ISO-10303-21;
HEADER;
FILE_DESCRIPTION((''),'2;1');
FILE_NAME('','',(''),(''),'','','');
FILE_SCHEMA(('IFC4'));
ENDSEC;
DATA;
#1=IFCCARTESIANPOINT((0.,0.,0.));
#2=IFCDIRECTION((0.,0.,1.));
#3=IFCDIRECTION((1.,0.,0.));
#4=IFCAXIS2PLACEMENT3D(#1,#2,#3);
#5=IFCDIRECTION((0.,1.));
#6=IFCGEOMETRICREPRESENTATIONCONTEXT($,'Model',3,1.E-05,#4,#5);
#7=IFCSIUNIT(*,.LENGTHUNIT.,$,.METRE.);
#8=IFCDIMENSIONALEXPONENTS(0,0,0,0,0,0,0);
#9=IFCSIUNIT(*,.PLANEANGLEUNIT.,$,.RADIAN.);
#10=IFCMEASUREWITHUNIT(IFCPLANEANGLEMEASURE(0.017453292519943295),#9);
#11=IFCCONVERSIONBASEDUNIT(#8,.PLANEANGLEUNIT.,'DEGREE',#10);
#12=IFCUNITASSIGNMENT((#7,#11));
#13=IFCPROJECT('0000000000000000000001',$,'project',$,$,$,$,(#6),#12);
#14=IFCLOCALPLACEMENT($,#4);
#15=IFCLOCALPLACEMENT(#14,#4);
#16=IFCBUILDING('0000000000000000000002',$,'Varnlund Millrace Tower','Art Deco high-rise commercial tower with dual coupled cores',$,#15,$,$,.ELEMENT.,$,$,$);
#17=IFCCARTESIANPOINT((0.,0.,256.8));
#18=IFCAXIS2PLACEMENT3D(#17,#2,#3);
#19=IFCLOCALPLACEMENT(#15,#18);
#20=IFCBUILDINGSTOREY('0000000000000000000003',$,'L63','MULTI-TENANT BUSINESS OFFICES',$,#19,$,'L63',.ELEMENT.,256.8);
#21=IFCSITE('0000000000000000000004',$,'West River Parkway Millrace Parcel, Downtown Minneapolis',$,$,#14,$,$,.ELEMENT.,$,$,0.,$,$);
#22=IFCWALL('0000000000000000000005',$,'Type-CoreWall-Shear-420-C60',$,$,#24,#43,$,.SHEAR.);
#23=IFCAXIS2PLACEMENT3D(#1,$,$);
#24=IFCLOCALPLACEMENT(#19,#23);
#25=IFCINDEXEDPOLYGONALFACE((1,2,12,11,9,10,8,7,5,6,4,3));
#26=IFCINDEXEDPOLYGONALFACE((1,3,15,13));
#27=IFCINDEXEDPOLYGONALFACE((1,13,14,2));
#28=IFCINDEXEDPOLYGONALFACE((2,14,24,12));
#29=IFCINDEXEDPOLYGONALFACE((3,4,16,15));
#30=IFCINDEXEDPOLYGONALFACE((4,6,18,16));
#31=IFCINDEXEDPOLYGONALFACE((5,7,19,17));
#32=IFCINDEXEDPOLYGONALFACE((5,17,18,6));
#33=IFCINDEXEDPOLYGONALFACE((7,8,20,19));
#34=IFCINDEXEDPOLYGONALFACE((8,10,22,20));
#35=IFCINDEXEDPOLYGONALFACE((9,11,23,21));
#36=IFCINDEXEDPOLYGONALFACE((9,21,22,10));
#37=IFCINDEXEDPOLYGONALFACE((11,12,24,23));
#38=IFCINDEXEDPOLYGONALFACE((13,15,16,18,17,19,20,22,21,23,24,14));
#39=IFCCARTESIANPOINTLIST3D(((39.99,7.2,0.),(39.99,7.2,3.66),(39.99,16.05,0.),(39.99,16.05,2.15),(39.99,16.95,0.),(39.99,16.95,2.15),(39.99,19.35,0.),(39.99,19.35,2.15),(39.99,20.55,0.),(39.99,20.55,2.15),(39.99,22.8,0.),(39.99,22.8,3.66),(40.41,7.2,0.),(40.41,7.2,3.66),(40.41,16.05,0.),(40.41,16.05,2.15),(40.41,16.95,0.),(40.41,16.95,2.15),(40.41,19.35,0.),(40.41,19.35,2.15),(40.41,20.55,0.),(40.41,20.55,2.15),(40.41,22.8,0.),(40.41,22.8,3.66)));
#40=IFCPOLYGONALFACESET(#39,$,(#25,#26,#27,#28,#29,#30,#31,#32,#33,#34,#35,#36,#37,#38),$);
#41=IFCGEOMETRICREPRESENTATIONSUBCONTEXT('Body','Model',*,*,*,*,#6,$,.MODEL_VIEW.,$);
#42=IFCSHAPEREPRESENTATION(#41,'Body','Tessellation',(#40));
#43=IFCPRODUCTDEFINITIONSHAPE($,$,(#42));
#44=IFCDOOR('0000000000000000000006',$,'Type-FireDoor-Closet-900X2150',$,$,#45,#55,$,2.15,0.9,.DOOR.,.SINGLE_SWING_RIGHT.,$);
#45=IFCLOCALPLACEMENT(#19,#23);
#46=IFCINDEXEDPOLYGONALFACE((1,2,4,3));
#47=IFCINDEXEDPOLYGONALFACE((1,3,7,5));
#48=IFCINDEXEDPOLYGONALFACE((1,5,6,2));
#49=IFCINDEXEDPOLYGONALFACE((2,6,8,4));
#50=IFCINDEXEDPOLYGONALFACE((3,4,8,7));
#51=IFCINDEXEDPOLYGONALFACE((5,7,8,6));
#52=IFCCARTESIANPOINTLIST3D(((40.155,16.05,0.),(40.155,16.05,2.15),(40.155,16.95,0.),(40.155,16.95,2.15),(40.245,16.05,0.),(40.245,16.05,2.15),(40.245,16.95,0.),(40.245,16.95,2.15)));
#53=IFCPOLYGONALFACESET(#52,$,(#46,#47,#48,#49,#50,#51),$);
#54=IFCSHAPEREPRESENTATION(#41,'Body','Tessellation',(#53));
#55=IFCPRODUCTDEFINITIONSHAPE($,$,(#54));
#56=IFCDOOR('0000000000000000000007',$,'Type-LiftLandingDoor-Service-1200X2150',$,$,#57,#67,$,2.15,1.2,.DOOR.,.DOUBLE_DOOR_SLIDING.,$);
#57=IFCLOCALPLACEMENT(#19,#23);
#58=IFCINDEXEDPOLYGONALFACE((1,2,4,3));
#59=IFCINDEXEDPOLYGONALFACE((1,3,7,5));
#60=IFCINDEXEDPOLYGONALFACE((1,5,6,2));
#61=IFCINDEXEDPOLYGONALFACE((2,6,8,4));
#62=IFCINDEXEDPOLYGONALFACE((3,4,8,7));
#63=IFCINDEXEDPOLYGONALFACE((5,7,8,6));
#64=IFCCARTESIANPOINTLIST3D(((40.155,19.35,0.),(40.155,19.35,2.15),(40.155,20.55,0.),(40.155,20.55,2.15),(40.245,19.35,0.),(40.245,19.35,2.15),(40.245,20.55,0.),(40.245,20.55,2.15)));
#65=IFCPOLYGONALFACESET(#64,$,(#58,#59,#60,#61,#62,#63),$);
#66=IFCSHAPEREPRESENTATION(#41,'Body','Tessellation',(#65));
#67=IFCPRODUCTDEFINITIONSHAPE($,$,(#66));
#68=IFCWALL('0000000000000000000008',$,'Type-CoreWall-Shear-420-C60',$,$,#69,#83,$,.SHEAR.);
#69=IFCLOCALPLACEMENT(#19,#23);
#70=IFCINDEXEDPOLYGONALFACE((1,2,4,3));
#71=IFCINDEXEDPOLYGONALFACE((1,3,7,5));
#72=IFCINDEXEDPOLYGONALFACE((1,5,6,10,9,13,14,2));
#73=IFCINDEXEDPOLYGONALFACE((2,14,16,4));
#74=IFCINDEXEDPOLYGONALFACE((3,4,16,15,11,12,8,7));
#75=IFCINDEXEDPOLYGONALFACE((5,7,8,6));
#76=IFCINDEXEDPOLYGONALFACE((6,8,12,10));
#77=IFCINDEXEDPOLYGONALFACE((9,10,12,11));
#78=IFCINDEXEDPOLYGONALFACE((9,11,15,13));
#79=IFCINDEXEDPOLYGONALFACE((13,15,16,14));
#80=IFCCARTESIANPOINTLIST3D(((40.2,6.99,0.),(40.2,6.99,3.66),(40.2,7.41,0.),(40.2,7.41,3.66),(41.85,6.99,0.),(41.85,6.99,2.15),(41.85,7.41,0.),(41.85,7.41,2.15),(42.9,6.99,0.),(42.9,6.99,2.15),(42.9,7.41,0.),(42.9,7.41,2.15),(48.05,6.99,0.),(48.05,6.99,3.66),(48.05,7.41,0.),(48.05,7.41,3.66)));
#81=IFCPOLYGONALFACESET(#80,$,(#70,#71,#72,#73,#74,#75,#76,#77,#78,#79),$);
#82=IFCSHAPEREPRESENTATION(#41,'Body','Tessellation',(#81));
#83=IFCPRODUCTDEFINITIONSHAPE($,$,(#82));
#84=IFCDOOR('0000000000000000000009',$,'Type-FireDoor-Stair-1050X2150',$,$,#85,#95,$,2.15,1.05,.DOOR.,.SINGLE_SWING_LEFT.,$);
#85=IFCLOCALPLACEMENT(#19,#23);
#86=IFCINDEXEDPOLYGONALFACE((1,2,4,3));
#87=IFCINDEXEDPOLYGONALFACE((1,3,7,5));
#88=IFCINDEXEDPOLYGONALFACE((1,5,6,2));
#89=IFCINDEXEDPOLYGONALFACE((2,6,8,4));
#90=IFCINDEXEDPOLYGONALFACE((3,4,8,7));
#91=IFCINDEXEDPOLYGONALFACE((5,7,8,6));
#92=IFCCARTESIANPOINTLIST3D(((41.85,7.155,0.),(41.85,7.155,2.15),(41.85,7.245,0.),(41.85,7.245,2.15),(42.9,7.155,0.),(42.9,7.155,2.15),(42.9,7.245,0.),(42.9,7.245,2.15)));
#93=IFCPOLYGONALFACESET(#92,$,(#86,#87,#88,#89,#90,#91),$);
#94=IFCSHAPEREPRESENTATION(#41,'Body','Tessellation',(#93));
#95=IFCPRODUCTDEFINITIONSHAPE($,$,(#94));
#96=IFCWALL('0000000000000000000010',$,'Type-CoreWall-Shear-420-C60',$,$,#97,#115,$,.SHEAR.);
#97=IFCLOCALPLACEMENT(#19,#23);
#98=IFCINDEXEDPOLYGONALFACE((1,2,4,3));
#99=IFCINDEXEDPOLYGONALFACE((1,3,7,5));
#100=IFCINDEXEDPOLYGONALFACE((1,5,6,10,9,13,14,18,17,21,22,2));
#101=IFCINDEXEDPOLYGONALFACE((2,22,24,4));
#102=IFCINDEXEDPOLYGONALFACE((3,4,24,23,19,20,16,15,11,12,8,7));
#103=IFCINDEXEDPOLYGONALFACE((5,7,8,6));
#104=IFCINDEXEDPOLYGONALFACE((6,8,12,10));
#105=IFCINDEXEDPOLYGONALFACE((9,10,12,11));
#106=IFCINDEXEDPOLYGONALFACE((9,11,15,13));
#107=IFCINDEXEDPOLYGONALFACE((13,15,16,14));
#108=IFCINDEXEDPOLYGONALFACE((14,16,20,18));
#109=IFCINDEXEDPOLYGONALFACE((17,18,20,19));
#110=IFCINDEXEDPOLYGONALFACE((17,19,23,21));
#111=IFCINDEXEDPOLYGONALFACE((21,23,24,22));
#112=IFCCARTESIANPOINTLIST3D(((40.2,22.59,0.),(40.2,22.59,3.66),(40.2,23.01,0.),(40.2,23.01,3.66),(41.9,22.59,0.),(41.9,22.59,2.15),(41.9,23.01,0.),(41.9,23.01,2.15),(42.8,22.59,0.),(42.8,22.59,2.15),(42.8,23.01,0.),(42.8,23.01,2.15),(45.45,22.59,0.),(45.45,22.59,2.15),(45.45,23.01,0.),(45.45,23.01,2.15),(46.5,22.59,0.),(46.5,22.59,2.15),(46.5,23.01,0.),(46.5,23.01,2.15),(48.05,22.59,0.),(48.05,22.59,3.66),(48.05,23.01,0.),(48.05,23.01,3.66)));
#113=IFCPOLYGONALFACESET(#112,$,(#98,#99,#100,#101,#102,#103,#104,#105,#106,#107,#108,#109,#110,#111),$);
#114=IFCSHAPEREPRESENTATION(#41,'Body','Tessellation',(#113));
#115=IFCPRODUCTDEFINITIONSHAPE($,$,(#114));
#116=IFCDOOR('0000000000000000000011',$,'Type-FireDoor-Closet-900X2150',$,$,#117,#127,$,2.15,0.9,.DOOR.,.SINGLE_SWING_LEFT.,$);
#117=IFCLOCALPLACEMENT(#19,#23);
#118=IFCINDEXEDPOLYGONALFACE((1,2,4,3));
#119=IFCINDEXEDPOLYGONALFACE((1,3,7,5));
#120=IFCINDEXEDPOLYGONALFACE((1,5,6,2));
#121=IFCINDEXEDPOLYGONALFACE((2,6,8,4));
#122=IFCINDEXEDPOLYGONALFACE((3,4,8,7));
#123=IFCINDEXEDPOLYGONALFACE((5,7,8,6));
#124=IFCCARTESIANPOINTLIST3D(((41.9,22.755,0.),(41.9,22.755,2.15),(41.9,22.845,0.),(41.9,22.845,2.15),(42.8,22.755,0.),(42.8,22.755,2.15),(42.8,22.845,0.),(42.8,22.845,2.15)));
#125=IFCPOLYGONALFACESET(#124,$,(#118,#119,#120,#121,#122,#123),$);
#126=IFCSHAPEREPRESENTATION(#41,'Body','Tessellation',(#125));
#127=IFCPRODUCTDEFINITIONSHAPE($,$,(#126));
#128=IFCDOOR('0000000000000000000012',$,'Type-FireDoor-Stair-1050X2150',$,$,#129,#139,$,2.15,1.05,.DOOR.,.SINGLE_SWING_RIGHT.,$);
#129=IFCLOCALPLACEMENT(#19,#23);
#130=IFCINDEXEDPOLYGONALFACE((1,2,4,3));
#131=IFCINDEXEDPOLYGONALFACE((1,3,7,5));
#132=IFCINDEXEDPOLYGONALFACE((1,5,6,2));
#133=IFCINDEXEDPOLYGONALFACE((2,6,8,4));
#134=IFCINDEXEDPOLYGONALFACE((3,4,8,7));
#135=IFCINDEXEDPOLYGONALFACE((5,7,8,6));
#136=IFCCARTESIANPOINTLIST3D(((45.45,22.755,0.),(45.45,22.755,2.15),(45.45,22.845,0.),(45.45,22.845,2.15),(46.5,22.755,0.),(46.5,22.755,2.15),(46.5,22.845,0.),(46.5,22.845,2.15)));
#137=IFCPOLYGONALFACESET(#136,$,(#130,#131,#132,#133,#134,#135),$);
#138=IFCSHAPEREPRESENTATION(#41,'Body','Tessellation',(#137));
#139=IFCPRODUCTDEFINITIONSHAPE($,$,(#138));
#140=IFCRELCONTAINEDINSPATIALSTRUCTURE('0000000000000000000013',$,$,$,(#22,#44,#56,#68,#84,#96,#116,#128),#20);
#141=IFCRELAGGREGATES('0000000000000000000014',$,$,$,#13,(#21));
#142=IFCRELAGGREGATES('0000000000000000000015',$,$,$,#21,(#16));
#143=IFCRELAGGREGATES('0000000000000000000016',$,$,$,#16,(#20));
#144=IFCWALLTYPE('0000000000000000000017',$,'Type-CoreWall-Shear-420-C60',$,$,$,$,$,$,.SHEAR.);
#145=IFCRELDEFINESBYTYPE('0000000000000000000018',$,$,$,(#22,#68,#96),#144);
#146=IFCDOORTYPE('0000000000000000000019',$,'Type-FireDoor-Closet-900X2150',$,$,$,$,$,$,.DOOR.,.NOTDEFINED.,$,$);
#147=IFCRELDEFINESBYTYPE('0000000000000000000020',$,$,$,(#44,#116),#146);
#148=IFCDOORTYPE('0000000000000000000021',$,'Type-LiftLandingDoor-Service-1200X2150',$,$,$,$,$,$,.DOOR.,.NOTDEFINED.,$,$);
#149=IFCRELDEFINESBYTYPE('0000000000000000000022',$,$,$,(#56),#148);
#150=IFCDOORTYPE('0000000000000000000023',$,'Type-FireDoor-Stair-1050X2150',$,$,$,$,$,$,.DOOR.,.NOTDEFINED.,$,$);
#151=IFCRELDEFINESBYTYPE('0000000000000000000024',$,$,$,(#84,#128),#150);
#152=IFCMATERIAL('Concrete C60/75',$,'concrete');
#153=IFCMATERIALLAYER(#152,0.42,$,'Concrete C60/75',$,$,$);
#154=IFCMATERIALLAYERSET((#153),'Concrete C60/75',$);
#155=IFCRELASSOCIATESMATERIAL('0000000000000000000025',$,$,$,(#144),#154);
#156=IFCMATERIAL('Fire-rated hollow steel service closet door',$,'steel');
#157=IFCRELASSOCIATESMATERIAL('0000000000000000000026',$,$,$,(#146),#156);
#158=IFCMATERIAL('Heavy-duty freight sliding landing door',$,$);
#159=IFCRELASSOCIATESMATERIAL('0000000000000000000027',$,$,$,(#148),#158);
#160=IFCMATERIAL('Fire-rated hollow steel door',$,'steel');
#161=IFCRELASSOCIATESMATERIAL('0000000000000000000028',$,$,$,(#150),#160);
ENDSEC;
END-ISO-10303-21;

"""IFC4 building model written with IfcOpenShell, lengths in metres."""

from ifc_helpers import new_model, entity, si_unit, converted_unit, direction, frame, origin_with_axes, origin_2d_with_axis, place, context, subcontext, project, spatial, polyline, rectangle, outline, extrude, material, layer, layer_set, type_object, element, fill, save


model = new_model("IFC4")

# Units and contexts
model_context = context("Model", 3, precision=1e-05, world=origin_with_axes(), true_north=direction((0.0, 1.0)))
body_context = subcontext(model_context, "Body", "Model", "MODEL_VIEW")
ifc_project = project(units=[si_unit("LENGTHUNIT", "METRE"), converted_unit("PLANEANGLEUNIT", "DEGREE", entity("IfcPlaneAngleMeasure", 0.017453292519943295), si_unit("PLANEANGLEUNIT", "RADIAN"), dimensions=[0, 0, 0, 0, 0, 0, 0])], contexts=[model_context])

# Site, building, storey
site_placement = place(None, origin_with_axes())
site = spatial("IfcSite", under=ifc_project, at=site_placement, Name="West River Parkway Millrace Parcel, Downtown Minneapolis", CompositionType="ELEMENT", RefElevation=0.0)
building_placement = place(site_placement, origin_with_axes())
building = spatial("IfcBuilding", under=site, at=building_placement, Name="Varnlund Millrace Tower", Description="Art Deco high-rise commercial tower with dual coupled cores", CompositionType="ELEMENT")
storey_placement = place(building_placement, frame((0.0, 0.0, 256.8), z_axis=(0.0, 0.0, 1.0), x_axis=(1.0, 0.0, 0.0)))
storey = spatial("IfcBuildingStorey", under=building, at=storey_placement, Name="L63", Description="MULTI-TENANT BUSINESS OFFICES", LongName="L63", CompositionType="ELEMENT", Elevation=256.8)

# Wall, openings, doors
ifc_material_1 = material(Name="Concrete C60/75", Category="concrete")
ifc_layer_1 = layer(ifc_material_1, 0.42, Name="Concrete C60/75")
ifc_layer_set_1 = layer_set([ifc_layer_1], Name="Concrete C60/75")
wall_type_1 = type_object("IfcWallType", Name="Type-CoreWall-Shear-420-C60", PredefinedType="SHEAR", material=ifc_layer_set_1)
wall_1_placement = place(storey_placement, frame((40.2, 7.2, 0.0), z_axis=(0.0, 0.0, 1.0), x_axis=(0.0, 1.0, 0.0)))
wall_1 = element("IfcWall", 1, at=wall_1_placement, inside=storey, type_object=wall_type_1, Name="Type-CoreWall-Shear-420-C60", PredefinedType="SHEAR", context=body_context, shape_type="SweptSolid", body=[
    extrude(outline(polyline([(0.0, -0.21), (15.6, -0.21), (15.6, 0.21), (0.0, 0.21), (0.0, -0.21)])), origin_with_axes(), (0.0, 0.0, 1.0), 3.66),
])
opening_1_placement = place(wall_1_placement, frame((12.75, 0.0, 0.0), z_axis=(0.0, 0.0, 1.0), x_axis=(1.0, 0.0, 0.0)))
opening_1 = element("IfcOpeningElement", 2, at=opening_1_placement, cuts=wall_1, PredefinedType="OPENING", context=body_context, shape_type="SweptSolid", body=[
    extrude(rectangle(XDim=1.2, YDim=0.44, at=origin_2d_with_axis()), origin_with_axes(), (0.0, 0.0, 1.0), 2.15),
])
opening_2_placement = place(wall_1_placement, frame((9.3, 0.0, 0.0), z_axis=(0.0, 0.0, 1.0), x_axis=(1.0, 0.0, 0.0)))
opening_2 = element("IfcOpeningElement", 3, at=opening_2_placement, cuts=wall_1, PredefinedType="OPENING", context=body_context, shape_type="SweptSolid", body=[
    extrude(rectangle(XDim=0.9, YDim=0.44, at=origin_2d_with_axis()), origin_with_axes(), (0.0, 0.0, 1.0), 2.15),
])
ifc_material_2 = material(Name="Fire-rated hollow steel service closet door", Category="steel")
door_type_1 = type_object("IfcDoorType", Name="Type-FireDoor-Closet-900X2150", OperationType="NOTDEFINED", PredefinedType="DOOR", material=ifc_material_2)
door_1_placement = place(wall_1_placement, frame((9.3, 0.0, 0.0), z_axis=(0.0, 0.0, 1.0), x_axis=(1.0, 0.0, 0.0)))
door_1 = element("IfcDoor", 4, at=door_1_placement, inside=storey, type_object=door_type_1, Name="Type-FireDoor-Closet-900X2150", OperationType="SINGLE_SWING_RIGHT", OverallHeight=2.15, OverallWidth=0.9, PredefinedType="DOOR", context=body_context, shape_type="SweptSolid", body=[
    extrude(rectangle(XDim=0.9, YDim=0.09, at=origin_2d_with_axis()), origin_with_axes(), (0.0, 0.0, 1.0), 2.15),
])
fill(opening_2, door_1)
ifc_material_3 = material(Name="Heavy-duty freight sliding landing door")
door_type_2 = type_object("IfcDoorType", Name="Type-LiftLandingDoor-Service-1200X2150", OperationType="NOTDEFINED", PredefinedType="DOOR", material=ifc_material_3)
door_2_placement = place(wall_1_placement, frame((12.75, 0.0, 0.0), z_axis=(0.0, 0.0, 1.0), x_axis=(1.0, 0.0, 0.0)))
door_2 = element("IfcDoor", 5, at=door_2_placement, inside=storey, type_object=door_type_2, Name="Type-LiftLandingDoor-Service-1200X2150", OperationType="DOUBLE_DOOR_SLIDING", OverallHeight=2.15, OverallWidth=1.2, PredefinedType="DOOR", context=body_context, shape_type="SweptSolid", body=[
    extrude(rectangle(XDim=1.2, YDim=0.09, at=origin_2d_with_axis()), origin_with_axes(), (0.0, 0.0, 1.0), 2.15),
])
fill(opening_1, door_2)

# Wall, opening, door
wall_2_placement = place(storey_placement, frame((40.2, 7.2, 0.0), z_axis=(0.0, 0.0, 1.0), x_axis=(1.0, 0.0, 0.0)))
wall_2 = element("IfcWall", 6, at=wall_2_placement, inside=storey, type_object=wall_type_1, Name="Type-CoreWall-Shear-420-C60", PredefinedType="SHEAR", context=body_context, shape_type="SweptSolid", body=[
    extrude(outline(polyline([(0.0, -0.21), (7.85, -0.21), (7.85, 0.21), (0.0, 0.21), (0.0, -0.21)])), origin_with_axes(), (0.0, 0.0, 1.0), 3.66),
])
opening_3_placement = place(wall_2_placement, frame((2.175, 0.0, 0.0), z_axis=(0.0, 0.0, 1.0), x_axis=(1.0, 0.0, 0.0)))
opening_3 = element("IfcOpeningElement", 7, at=opening_3_placement, cuts=wall_2, PredefinedType="OPENING", context=body_context, shape_type="SweptSolid", body=[
    extrude(rectangle(XDim=1.05, YDim=0.44, at=origin_2d_with_axis()), origin_with_axes(), (0.0, 0.0, 1.0), 2.15),
])
ifc_material_4 = material(Name="Fire-rated hollow steel door", Category="steel")
door_type_3 = type_object("IfcDoorType", Name="Type-FireDoor-Stair-1050X2150", OperationType="NOTDEFINED", PredefinedType="DOOR", material=ifc_material_4)
door_3_placement = place(wall_2_placement, frame((2.175, 0.0, 0.0), z_axis=(0.0, 0.0, 1.0), x_axis=(1.0, 0.0, 0.0)))
door_3 = element("IfcDoor", 8, at=door_3_placement, inside=storey, type_object=door_type_3, Name="Type-FireDoor-Stair-1050X2150", OperationType="SINGLE_SWING_LEFT", OverallHeight=2.15, OverallWidth=1.05, PredefinedType="DOOR", context=body_context, shape_type="SweptSolid", body=[
    extrude(rectangle(XDim=1.05, YDim=0.09, at=origin_2d_with_axis()), origin_with_axes(), (0.0, 0.0, 1.0), 2.15),
])
fill(opening_3, door_3)

# Wall, openings, doors
wall_3_placement = place(storey_placement, frame((40.2, 22.8, 0.0), z_axis=(0.0, 0.0, 1.0), x_axis=(1.0, 0.0, 0.0)))
wall_3 = element("IfcWall", 9, at=wall_3_placement, inside=storey, type_object=wall_type_1, Name="Type-CoreWall-Shear-420-C60", PredefinedType="SHEAR", context=body_context, shape_type="SweptSolid", body=[
    extrude(outline(polyline([(0.0, -0.21), (7.85, -0.21), (7.85, 0.21), (0.0, 0.21), (0.0, -0.21)])), origin_with_axes(), (0.0, 0.0, 1.0), 3.66),
])
opening_4_placement = place(wall_3_placement, frame((5.775, 0.0, 0.0), z_axis=(0.0, 0.0, 1.0), x_axis=(1.0, 0.0, 0.0)))
opening_4 = element("IfcOpeningElement", 10, at=opening_4_placement, cuts=wall_3, PredefinedType="OPENING", context=body_context, shape_type="SweptSolid", body=[
    extrude(rectangle(XDim=1.05, YDim=0.44, at=origin_2d_with_axis()), origin_with_axes(), (0.0, 0.0, 1.0), 2.15),
])
opening_5_placement = place(wall_3_placement, frame((2.15, 0.0, 0.0), z_axis=(0.0, 0.0, 1.0), x_axis=(1.0, 0.0, 0.0)))
opening_5 = element("IfcOpeningElement", 11, at=opening_5_placement, cuts=wall_3, PredefinedType="OPENING", context=body_context, shape_type="SweptSolid", body=[
    extrude(rectangle(XDim=0.9, YDim=0.44, at=origin_2d_with_axis()), origin_with_axes(), (0.0, 0.0, 1.0), 2.15),
])
door_4_placement = place(wall_3_placement, frame((2.15, 0.0, 0.0), z_axis=(0.0, 0.0, 1.0), x_axis=(1.0, 0.0, 0.0)))
door_4 = element("IfcDoor", 12, at=door_4_placement, inside=storey, type_object=door_type_1, Name="Type-FireDoor-Closet-900X2150", OperationType="SINGLE_SWING_LEFT", OverallHeight=2.15, OverallWidth=0.9, PredefinedType="DOOR", context=body_context, shape_type="SweptSolid", body=[
    extrude(rectangle(XDim=0.9, YDim=0.09, at=origin_2d_with_axis()), origin_with_axes(), (0.0, 0.0, 1.0), 2.15),
])
fill(opening_5, door_4)
door_5_placement = place(wall_3_placement, frame((5.775, 0.0, 0.0), z_axis=(0.0, 0.0, 1.0), x_axis=(1.0, 0.0, 0.0)))
door_5 = element("IfcDoor", 13, at=door_5_placement, inside=storey, type_object=door_type_3, Name="Type-FireDoor-Stair-1050X2150", OperationType="SINGLE_SWING_RIGHT", OverallHeight=2.15, OverallWidth=1.05, PredefinedType="DOOR", context=body_context, shape_type="SweptSolid", body=[
    extrude(rectangle(XDim=1.05, YDim=0.09, at=origin_2d_with_axis()), origin_with_axes(), (0.0, 0.0, 1.0), 2.15),
])
fill(opening_4, door_5)

save(model, "model.ifc")
